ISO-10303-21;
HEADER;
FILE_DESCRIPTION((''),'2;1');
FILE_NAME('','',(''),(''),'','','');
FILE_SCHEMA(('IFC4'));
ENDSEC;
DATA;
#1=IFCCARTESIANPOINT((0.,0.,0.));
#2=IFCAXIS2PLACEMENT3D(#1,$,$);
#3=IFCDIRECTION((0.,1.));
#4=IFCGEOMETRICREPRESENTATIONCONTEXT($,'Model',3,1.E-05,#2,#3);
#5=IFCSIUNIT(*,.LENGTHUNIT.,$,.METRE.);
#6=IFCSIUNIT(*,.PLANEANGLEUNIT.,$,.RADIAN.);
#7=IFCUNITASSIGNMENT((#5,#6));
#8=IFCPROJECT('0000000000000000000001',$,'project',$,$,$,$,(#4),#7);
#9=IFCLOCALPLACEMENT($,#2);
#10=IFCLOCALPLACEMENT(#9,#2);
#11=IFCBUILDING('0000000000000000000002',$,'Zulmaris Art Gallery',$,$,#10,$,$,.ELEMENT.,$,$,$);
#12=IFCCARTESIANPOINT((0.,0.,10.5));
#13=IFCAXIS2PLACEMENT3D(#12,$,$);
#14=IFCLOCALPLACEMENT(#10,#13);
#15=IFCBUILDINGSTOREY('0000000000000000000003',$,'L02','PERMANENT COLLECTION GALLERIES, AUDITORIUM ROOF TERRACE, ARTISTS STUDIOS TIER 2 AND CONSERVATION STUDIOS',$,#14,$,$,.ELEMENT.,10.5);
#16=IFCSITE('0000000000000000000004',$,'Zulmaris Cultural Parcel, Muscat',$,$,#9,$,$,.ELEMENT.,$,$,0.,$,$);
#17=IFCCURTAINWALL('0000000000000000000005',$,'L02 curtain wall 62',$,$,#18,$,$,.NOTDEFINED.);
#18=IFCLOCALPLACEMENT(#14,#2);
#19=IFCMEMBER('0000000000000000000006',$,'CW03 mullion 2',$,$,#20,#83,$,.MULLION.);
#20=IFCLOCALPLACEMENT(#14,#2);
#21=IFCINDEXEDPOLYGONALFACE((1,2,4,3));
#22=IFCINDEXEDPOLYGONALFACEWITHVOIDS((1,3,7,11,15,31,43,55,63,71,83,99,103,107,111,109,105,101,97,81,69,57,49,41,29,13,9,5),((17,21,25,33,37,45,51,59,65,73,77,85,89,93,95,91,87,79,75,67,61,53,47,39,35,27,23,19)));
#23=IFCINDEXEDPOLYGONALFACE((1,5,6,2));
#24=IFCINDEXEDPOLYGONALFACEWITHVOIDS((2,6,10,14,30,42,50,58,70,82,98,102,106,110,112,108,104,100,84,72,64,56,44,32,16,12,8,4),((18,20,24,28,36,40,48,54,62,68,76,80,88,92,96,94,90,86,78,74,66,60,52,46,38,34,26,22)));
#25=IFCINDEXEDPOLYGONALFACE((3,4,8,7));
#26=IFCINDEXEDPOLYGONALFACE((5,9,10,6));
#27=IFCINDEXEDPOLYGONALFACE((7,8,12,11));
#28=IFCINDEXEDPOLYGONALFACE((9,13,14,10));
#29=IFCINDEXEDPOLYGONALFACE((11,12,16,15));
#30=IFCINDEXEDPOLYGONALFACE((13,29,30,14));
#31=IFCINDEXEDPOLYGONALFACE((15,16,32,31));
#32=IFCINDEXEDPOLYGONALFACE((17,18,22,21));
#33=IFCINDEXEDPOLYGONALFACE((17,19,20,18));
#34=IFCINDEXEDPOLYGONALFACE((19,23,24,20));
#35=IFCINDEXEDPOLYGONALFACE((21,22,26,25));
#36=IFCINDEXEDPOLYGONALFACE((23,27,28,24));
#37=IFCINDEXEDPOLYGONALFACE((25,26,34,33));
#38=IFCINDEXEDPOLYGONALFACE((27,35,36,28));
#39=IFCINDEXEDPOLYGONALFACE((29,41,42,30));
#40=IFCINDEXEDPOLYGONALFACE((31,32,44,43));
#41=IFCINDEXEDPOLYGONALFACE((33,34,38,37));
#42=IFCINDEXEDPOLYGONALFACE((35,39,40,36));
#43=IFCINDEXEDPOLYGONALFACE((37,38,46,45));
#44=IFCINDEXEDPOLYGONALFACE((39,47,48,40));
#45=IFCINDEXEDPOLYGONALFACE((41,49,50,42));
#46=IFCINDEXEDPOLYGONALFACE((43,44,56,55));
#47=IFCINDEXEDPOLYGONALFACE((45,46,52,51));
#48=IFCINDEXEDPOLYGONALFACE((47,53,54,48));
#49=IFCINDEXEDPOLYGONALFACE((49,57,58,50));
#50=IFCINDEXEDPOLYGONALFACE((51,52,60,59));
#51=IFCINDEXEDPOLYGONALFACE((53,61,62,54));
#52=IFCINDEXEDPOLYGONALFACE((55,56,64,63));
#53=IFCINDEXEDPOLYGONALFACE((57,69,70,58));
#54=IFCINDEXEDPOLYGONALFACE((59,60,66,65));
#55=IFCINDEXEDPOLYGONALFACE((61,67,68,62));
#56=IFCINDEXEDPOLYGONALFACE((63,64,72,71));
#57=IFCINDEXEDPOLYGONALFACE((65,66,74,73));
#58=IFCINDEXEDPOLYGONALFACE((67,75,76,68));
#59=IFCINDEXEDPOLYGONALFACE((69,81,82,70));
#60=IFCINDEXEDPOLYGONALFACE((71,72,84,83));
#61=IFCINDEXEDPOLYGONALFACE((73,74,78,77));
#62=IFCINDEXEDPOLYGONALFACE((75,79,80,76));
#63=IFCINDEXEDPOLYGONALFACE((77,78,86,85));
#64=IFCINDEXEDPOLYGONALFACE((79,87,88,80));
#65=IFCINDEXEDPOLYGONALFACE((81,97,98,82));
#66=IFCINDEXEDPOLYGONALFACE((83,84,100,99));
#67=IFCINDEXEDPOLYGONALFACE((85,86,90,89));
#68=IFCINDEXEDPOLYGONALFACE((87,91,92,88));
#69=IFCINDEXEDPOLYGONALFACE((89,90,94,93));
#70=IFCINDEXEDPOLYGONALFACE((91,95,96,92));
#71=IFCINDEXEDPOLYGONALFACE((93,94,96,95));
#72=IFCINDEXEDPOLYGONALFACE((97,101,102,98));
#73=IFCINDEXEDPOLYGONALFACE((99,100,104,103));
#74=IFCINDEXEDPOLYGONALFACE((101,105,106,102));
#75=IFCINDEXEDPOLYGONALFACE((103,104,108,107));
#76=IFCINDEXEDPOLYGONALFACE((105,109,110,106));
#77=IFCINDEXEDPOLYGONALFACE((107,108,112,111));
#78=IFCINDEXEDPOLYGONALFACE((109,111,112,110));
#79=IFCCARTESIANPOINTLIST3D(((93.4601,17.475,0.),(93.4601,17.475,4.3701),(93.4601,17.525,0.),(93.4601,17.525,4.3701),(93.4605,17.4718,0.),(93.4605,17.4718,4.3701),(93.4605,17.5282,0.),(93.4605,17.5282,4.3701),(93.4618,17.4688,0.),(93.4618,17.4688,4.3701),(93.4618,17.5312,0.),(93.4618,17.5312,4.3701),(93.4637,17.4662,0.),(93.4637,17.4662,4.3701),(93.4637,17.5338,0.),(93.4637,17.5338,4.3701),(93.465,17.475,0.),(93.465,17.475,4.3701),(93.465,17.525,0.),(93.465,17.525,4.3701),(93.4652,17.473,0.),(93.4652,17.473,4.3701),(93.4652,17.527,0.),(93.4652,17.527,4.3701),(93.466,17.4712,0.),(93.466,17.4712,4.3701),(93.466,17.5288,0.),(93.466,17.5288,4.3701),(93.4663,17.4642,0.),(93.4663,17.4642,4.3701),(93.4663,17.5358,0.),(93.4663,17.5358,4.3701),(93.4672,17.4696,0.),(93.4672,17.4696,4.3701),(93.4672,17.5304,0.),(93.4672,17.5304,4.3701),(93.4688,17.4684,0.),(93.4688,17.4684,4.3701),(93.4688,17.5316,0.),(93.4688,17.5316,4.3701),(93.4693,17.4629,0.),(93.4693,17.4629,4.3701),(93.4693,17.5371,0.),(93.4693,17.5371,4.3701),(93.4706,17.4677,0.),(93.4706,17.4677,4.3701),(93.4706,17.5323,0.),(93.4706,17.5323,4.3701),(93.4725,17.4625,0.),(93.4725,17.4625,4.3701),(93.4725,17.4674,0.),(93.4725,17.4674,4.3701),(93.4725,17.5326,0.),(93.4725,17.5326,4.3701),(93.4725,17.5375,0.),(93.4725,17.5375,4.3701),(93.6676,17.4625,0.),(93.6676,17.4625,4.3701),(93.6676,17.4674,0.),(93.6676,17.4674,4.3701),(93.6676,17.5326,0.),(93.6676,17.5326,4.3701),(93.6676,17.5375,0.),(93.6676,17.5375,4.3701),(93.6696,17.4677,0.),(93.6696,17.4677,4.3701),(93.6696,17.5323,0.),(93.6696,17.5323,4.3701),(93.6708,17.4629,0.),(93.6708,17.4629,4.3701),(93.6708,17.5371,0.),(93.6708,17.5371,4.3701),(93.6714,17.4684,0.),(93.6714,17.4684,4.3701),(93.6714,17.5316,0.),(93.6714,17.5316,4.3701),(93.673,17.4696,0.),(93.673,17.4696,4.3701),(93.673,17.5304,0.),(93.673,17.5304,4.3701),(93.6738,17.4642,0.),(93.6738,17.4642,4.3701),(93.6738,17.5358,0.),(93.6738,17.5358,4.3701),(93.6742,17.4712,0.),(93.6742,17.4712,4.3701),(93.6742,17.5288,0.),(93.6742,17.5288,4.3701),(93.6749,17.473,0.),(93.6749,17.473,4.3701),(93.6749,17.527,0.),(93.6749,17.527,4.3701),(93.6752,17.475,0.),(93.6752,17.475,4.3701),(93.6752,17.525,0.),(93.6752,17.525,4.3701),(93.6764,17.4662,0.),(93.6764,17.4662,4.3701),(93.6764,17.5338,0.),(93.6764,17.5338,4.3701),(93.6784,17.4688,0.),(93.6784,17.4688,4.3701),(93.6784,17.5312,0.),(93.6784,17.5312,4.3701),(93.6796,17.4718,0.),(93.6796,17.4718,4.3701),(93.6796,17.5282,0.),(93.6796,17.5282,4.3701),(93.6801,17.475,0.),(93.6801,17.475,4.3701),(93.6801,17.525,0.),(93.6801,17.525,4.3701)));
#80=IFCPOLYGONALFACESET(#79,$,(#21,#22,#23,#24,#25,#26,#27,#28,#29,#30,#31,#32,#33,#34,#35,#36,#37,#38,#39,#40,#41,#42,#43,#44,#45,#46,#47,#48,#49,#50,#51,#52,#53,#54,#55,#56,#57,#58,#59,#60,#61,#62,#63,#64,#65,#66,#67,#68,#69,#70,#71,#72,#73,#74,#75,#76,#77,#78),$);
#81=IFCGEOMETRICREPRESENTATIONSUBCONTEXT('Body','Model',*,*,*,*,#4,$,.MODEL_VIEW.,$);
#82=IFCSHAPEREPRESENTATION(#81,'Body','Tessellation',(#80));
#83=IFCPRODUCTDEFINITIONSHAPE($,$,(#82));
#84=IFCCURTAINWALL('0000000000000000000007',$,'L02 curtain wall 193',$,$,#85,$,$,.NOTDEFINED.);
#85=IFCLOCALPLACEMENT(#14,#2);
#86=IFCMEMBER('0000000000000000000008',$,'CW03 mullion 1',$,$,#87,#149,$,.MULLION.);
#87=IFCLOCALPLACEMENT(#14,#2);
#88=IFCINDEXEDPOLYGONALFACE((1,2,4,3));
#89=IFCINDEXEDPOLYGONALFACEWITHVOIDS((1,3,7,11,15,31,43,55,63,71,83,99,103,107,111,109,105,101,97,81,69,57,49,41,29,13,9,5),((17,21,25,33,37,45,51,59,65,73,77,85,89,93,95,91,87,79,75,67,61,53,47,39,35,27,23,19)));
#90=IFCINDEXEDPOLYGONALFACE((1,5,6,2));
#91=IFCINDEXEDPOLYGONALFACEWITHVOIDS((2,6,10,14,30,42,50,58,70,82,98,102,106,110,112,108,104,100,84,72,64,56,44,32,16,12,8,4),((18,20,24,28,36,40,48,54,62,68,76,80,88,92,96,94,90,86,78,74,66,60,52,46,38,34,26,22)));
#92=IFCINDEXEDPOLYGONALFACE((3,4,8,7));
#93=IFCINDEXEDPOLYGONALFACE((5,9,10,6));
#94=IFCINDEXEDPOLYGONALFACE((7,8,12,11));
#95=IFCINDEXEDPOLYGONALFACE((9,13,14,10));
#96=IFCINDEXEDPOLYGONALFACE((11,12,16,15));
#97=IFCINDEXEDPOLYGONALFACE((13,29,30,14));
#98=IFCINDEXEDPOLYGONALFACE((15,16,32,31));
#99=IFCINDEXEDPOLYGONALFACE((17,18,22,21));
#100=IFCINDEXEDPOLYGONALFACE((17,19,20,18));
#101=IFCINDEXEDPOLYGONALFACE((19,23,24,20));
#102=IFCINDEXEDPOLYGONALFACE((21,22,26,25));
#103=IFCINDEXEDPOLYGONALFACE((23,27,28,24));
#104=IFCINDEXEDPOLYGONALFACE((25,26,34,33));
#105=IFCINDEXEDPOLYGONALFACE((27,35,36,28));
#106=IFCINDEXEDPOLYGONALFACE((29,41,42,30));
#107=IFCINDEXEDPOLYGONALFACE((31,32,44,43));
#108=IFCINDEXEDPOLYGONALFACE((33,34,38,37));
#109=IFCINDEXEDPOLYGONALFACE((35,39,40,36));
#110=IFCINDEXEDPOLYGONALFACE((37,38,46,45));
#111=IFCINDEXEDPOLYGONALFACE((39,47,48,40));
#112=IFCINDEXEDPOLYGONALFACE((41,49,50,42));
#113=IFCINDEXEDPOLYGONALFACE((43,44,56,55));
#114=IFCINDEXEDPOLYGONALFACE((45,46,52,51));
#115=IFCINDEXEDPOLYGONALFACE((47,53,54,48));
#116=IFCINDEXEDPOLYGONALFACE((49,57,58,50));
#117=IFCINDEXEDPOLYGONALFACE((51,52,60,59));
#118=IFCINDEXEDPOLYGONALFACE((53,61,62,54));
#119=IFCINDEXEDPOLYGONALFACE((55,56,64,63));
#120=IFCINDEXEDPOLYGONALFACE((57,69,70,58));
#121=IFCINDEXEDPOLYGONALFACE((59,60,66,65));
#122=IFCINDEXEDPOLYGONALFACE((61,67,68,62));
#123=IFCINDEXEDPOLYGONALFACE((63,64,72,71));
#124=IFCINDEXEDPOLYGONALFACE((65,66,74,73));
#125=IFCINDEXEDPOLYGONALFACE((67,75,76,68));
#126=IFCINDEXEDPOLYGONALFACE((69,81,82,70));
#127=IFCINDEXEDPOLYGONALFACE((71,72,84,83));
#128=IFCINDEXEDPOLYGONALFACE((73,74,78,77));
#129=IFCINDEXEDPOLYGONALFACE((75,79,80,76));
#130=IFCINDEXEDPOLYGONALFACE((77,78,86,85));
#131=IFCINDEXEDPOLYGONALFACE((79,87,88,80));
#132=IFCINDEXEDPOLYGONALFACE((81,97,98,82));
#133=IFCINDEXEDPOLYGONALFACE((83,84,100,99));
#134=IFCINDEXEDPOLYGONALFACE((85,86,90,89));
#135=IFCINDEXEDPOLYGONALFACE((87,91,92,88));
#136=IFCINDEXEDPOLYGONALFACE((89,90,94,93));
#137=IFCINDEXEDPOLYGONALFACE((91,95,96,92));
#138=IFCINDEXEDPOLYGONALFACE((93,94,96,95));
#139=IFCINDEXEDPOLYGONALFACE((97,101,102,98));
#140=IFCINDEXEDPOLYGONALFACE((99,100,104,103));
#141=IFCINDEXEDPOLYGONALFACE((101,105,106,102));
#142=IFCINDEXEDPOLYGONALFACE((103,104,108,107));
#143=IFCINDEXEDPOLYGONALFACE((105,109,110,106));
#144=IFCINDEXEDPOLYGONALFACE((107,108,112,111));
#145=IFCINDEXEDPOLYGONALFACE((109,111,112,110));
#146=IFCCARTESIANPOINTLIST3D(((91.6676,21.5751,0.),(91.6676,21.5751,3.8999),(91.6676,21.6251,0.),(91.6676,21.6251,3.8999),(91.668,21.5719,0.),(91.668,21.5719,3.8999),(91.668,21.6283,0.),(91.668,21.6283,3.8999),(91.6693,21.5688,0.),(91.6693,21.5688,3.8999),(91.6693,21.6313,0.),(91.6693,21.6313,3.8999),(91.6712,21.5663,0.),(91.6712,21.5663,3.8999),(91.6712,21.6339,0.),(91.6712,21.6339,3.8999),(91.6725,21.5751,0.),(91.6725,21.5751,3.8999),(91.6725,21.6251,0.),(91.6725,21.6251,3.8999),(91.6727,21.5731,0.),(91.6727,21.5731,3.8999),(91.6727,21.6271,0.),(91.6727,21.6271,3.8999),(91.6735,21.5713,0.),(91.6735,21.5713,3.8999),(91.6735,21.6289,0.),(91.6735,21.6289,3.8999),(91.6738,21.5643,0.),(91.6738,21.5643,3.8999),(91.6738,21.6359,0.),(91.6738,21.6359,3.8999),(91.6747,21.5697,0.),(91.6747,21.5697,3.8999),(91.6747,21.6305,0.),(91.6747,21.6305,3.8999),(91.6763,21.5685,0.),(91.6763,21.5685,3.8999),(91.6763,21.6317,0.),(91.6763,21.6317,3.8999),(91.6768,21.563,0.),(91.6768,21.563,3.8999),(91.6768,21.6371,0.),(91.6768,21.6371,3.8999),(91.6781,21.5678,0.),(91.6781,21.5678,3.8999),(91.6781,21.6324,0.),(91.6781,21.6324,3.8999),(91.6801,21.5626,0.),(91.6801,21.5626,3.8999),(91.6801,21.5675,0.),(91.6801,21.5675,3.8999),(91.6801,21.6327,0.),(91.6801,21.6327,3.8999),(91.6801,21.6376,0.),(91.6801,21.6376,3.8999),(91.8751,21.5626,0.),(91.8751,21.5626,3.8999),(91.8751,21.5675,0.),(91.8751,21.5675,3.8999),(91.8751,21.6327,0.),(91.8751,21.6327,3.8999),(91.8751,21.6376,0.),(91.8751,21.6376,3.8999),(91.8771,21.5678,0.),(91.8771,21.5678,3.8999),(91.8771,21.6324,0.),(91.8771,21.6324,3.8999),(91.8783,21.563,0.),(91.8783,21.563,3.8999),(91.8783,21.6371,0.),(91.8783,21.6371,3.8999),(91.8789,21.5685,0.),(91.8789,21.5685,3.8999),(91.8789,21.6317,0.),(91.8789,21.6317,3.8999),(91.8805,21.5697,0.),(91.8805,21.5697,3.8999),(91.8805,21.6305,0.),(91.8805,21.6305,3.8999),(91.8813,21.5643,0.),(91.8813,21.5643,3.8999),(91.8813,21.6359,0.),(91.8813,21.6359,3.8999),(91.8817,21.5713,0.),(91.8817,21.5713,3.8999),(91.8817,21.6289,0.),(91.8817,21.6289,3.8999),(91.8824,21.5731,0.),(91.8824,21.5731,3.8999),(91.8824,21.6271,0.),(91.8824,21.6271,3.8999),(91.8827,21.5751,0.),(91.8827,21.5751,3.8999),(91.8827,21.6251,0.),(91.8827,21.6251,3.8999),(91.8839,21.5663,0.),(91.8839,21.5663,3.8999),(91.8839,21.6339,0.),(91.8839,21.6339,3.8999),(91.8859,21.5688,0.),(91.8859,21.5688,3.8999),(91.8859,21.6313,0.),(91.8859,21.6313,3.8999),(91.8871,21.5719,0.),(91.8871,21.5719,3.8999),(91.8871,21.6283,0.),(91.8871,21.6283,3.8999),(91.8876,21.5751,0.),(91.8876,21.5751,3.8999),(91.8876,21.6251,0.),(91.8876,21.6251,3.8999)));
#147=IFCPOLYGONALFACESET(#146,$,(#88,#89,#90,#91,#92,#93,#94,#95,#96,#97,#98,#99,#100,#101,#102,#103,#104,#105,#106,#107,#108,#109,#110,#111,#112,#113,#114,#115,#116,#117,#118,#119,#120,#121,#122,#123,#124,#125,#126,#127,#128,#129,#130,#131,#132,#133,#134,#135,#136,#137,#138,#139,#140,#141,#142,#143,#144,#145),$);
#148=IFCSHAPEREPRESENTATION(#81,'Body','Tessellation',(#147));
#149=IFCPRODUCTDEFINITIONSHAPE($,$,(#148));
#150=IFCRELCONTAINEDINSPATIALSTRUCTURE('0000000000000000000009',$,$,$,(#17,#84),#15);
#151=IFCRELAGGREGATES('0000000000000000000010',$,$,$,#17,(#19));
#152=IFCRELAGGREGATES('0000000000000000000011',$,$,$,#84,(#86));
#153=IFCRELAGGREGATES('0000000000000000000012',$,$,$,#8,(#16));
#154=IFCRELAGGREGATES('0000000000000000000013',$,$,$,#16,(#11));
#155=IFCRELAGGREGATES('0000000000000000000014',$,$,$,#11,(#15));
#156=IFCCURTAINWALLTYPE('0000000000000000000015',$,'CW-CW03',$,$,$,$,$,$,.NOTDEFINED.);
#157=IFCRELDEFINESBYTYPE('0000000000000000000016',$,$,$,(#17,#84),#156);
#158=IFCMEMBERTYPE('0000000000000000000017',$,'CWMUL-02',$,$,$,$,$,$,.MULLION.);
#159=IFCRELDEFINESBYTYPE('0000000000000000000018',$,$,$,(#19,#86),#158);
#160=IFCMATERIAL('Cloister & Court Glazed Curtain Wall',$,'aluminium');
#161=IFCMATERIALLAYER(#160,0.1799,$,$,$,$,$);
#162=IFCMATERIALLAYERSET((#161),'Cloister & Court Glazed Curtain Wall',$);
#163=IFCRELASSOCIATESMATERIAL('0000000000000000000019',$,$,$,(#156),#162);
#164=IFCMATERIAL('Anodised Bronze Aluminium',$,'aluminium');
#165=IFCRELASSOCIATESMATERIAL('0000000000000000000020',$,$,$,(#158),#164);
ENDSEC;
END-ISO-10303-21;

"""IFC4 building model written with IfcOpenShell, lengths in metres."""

from ifc_helpers import new_model, si_unit, direction, frame, origin, origin_2d, place, context, subcontext, project, spatial, hollow_rectangle, extrude, material, layer, layer_set, material_profile, profile_set, type_object, element, aggregate, save


model = new_model("IFC4")

# Units and contexts
model_context = context("Model", 3, precision=1e-05, world=origin(), true_north=direction((0.0, 1.0)))
body_context = subcontext(model_context, "Body", "Model", "MODEL_VIEW")
ifc_project = project(units=[si_unit("LENGTHUNIT", "METRE"), si_unit("PLANEANGLEUNIT", "RADIAN")], contexts=[model_context])

# Site, building, storey
site_placement = place(None, origin())
site = spatial("IfcSite", under=ifc_project, at=site_placement, Name="Zulmaris Cultural Parcel, Muscat", CompositionType="ELEMENT", RefElevation=0.0)
building_placement = place(site_placement, origin())
building = spatial("IfcBuilding", under=site, at=building_placement, Name="Zulmaris Art Gallery", CompositionType="ELEMENT")
storey_placement = place(building_placement, frame((0.0, 0.0, 10.5)))
storey = spatial("IfcBuildingStorey", under=building, at=storey_placement, Name="L02", Description="PERMANENT COLLECTION GALLERIES, AUDITORIUM ROOF TERRACE, ARTISTS STUDIOS TIER 2 AND CONSERVATION STUDIOS", CompositionType="ELEMENT", Elevation=10.5)

# Curtain wall, member
ifc_material_1 = material(Name="Cloister & Court Glazed Curtain Wall", Category="aluminium")
ifc_layer_1 = layer(ifc_material_1, 0.1799)
ifc_layer_set_1 = layer_set([ifc_layer_1], Name="Cloister & Court Glazed Curtain Wall")
curtain_wall_type = type_object("IfcCurtainWallType", Name="CW-CW03", PredefinedType="NOTDEFINED", material=ifc_layer_set_1)
curtain_wall_1_placement = place(storey_placement, origin())
curtain_wall_1 = element("IfcCurtainWall", 1, at=curtain_wall_1_placement, inside=storey, type_object=curtain_wall_type, Name="L02 curtain wall 62", PredefinedType="NOTDEFINED")
ifc_material_2 = material(Name="Anodised Bronze Aluminium", Category="aluminium")
ifc_material_profile_1 = material_profile(ifc_material_2, hollow_rectangle(XDim=0.075, YDim=0.22, WallThickness=0.0049, InnerFilletRadius=0.0076, OuterFilletRadius=0.0125, at=origin_2d()), Name="ALU 75x220x5")
ifc_profile_set_1 = profile_set([ifc_material_profile_1], Name="Anodised Bronze Aluminium")
member_type_1 = type_object("IfcMemberType", Name="CWMUL-02", PredefinedType="MULLION", material=ifc_profile_set_1)
member_1_placement = place(storey_placement, frame((93.5701, 17.5, 0.0), z_axis=(0.0, 0.0, 1.0), x_axis=(0.0, 1.0, 0.0)))
member_1 = element("IfcMember", 2, at=member_1_placement, type_object=member_type_1, Name="CW03 mullion 2", PredefinedType="MULLION", context=body_context, shape_type="SweptSolid", body=[
    extrude(hollow_rectangle(XDim=0.075, YDim=0.22, WallThickness=0.0049, InnerFilletRadius=0.0076, OuterFilletRadius=0.0125, at=origin_2d()), origin(), (0.0, 0.0, 1.0), 4.3701),
])

# Curtain wall, member
curtain_wall_2_placement = place(storey_placement, origin())
curtain_wall_2 = element("IfcCurtainWall", 3, at=curtain_wall_2_placement, inside=storey, type_object=curtain_wall_type, Name="L02 curtain wall 193", PredefinedType="NOTDEFINED")
member_2_placement = place(storey_placement, frame((91.7776, 21.6001, 0.0), z_axis=(0.0, 0.0, 1.0), x_axis=(0.0, 1.0, 0.0)))
member_2 = element("IfcMember", 4, at=member_2_placement, type_object=member_type_1, Name="CW03 mullion 1", PredefinedType="MULLION", context=body_context, shape_type="SweptSolid", body=[
    extrude(hollow_rectangle(XDim=0.075, YDim=0.22, WallThickness=0.0049, InnerFilletRadius=0.0076, OuterFilletRadius=0.0125, at=origin_2d()), origin(), (0.0, 0.0, 1.0), 3.8999),
])

aggregate(curtain_wall_1, [member_1])
aggregate(curtain_wall_2, [member_2])

save(model, "model.ifc")
